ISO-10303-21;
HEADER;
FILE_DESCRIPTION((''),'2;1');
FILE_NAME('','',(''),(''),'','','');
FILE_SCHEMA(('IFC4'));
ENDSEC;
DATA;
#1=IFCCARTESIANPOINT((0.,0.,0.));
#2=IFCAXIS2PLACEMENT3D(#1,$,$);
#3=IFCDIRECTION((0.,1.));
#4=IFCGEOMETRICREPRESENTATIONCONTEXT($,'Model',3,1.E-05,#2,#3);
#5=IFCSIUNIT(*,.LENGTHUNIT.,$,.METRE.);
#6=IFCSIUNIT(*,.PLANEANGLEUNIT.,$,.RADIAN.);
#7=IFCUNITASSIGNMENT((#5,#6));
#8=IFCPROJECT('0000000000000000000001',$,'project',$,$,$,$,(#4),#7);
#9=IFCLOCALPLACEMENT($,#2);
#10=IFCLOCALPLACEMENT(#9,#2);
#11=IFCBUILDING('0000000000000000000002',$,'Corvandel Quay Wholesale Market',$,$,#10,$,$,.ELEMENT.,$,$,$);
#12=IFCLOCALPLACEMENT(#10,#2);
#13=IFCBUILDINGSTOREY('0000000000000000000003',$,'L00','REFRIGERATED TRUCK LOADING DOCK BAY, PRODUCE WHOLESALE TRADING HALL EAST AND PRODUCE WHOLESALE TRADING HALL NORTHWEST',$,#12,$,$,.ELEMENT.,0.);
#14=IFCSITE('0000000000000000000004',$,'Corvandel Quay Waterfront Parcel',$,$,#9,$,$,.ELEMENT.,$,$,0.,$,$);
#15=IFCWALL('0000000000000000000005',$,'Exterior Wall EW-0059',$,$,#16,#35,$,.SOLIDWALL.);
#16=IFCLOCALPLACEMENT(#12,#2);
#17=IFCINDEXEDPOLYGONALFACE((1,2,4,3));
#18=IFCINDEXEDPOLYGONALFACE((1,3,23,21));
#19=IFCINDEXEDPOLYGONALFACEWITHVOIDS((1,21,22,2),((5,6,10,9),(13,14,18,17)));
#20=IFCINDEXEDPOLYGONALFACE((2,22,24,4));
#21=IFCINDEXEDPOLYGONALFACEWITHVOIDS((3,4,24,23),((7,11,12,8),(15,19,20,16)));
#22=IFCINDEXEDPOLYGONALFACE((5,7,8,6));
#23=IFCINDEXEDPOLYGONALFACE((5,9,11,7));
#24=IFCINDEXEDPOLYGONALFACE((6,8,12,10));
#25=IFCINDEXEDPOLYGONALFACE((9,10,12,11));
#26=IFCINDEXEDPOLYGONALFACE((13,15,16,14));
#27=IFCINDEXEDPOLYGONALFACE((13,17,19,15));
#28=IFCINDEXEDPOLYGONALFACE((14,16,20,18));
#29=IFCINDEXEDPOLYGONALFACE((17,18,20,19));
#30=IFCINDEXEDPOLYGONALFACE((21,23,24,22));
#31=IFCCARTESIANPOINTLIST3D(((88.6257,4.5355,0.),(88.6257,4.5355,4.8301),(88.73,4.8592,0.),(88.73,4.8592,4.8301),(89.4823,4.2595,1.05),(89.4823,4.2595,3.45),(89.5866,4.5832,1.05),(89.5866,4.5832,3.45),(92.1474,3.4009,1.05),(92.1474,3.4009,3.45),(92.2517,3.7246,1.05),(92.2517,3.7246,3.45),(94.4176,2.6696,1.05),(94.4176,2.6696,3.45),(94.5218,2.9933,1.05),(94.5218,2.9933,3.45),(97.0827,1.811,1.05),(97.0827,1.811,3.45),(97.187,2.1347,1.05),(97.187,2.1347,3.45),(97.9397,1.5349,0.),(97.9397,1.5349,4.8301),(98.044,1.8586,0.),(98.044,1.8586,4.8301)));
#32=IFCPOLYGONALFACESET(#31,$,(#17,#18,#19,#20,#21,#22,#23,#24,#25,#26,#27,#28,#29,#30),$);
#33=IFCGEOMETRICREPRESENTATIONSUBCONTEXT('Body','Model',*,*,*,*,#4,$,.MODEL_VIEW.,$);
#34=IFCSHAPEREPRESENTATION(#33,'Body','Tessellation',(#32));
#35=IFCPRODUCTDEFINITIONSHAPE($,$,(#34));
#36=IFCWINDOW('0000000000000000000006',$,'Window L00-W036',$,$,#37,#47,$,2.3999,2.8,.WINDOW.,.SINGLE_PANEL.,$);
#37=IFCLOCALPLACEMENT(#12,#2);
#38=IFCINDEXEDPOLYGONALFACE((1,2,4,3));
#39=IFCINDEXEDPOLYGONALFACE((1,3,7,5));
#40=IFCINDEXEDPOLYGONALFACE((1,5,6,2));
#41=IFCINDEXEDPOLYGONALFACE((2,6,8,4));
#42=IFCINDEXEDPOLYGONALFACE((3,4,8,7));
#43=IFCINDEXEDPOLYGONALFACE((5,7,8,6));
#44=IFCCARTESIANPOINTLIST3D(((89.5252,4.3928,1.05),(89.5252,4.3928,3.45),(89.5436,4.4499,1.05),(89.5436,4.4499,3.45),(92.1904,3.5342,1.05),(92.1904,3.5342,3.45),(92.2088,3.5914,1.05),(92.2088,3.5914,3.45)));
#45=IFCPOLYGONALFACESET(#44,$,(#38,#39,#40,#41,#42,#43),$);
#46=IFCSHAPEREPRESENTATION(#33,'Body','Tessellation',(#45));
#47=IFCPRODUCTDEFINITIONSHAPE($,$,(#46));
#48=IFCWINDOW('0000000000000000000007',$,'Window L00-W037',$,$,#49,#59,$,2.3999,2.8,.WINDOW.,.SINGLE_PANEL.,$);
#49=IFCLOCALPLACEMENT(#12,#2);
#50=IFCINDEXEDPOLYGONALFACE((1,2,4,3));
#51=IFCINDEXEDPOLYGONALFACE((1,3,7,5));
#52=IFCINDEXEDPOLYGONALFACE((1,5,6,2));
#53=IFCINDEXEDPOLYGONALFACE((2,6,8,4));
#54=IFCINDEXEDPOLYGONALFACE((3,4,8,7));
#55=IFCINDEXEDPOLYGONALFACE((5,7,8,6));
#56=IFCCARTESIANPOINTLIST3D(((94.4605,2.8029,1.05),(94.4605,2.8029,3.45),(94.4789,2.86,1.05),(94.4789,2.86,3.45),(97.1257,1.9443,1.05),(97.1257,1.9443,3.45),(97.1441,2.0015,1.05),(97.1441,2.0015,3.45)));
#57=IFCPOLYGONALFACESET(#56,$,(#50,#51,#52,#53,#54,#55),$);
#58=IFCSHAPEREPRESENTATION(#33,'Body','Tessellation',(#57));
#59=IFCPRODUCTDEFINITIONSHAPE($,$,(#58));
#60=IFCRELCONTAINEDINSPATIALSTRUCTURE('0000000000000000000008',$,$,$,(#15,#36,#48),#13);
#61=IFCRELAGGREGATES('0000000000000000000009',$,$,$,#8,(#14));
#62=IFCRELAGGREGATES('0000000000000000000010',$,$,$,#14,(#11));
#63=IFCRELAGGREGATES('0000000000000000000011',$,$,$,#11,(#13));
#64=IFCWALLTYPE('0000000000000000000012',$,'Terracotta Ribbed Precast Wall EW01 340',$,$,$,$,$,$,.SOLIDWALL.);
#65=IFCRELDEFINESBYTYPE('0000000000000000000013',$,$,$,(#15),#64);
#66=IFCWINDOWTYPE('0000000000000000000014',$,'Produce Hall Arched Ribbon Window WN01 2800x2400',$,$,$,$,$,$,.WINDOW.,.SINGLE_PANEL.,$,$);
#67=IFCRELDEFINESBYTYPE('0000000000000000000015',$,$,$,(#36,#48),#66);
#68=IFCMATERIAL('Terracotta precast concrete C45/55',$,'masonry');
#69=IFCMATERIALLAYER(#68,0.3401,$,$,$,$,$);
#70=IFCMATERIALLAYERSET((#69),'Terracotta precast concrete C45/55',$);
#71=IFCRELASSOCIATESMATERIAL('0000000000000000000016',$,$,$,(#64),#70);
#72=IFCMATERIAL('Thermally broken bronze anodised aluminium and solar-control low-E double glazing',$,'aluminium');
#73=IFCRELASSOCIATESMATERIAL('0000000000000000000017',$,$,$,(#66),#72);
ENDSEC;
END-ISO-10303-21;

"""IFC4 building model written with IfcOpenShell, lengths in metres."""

from ifc_helpers import new_model, si_unit, direction, frame, frame_2d, origin, place, context, subcontext, project, spatial, rectangle, extrude, material, layer, layer_set, type_object, element, fill, save


model = new_model("IFC4")

# Units and contexts
model_context = context("Model", 3, precision=1e-05, world=origin(), true_north=direction((0.0, 1.0)))
body_context = subcontext(model_context, "Body", "Model", "MODEL_VIEW")
ifc_project = project(units=[si_unit("LENGTHUNIT", "METRE"), si_unit("PLANEANGLEUNIT", "RADIAN")], contexts=[model_context])

# Site, building, storey
site_placement = place(None, origin())
site = spatial("IfcSite", under=ifc_project, at=site_placement, Name="Corvandel Quay Waterfront Parcel", CompositionType="ELEMENT", RefElevation=0.0)
building_placement = place(site_placement, origin())
building = spatial("IfcBuilding", under=site, at=building_placement, Name="Corvandel Quay Wholesale Market", CompositionType="ELEMENT")
storey_placement = place(building_placement, origin())
storey = spatial("IfcBuildingStorey", under=building, at=storey_placement, Name="L00", Description="REFRIGERATED TRUCK LOADING DOCK BAY, PRODUCE WHOLESALE TRADING HALL EAST AND PRODUCE WHOLESALE TRADING HALL NORTHWEST", CompositionType="ELEMENT", Elevation=0.0)

# Wall, openings, windows
ifc_material_1 = material(Name="Terracotta precast concrete C45/55", Category="masonry")
ifc_layer_1 = layer(ifc_material_1, 0.3401)
ifc_layer_set_1 = layer_set([ifc_layer_1], Name="Terracotta precast concrete C45/55")
wall_type_1 = type_object("IfcWallType", Name="Terracotta Ribbed Precast Wall EW01 340", PredefinedType="SOLIDWALL", material=ifc_layer_set_1)
wall_1_placement = place(storey_placement, frame((88.678, 4.6973, 0.0), z_axis=(0.0, 0.0, 1.0), x_axis=(0.951828, -0.306631, 0.0)))
wall_1 = element("IfcWall", 1, at=wall_1_placement, inside=storey, type_object=wall_type_1, Name="Exterior Wall EW-0059", PredefinedType="SOLIDWALL", context=body_context, shape_type="SweptSolid", body=[
    extrude(rectangle(XDim=9.7854, YDim=0.3401, at=frame_2d((4.8926, 0.0))), origin(), (0.0, 0.0, 1.0), 4.8301),
])
opening_1_placement = place(wall_1_placement, frame((0.8999, 0.0, 1.05)))
opening_1 = element("IfcOpeningElement", 2, at=opening_1_placement, cuts=wall_1, PredefinedType="OPENING", context=body_context, shape_type="SweptSolid", body=[
    extrude(rectangle(XDim=2.8, YDim=2.3999, at=frame_2d((1.3999, 1.2))), frame((0.0, 0.1799, 0.0), z_axis=(0.0, -1.0, 0.0), x_axis=(1.0, 0.0, 0.0)), (0.0, 0.0, 1.0), 0.3601),
])
opening_2_placement = place(wall_1_placement, frame((6.085, 0.0, 1.05)))
opening_2 = element("IfcOpeningElement", 3, at=opening_2_placement, cuts=wall_1, PredefinedType="OPENING", context=body_context, shape_type="SweptSolid", body=[
    extrude(rectangle(XDim=2.8, YDim=2.3999, at=frame_2d((1.3999, 1.2))), frame((0.0, 0.1799, 0.0), z_axis=(0.0, -1.0, 0.0), x_axis=(1.0, 0.0, 0.0)), (0.0, 0.0, 1.0), 0.3601),
])
ifc_material_2 = material(Name="Thermally broken bronze anodised aluminium and solar-control low-E double glazing", Category="aluminium")
window_type = type_object("IfcWindowType", Name="Produce Hall Arched Ribbon Window WN01 2800x2400", PartitioningType="SINGLE_PANEL", PredefinedType="WINDOW", material=ifc_material_2)
window_1_placement = place(opening_1_placement, origin())
window_1 = element("IfcWindow", 4, at=window_1_placement, inside=storey, type_object=window_type, Name="Window L00-W036", OverallHeight=2.3999, OverallWidth=2.8, PartitioningType="SINGLE_PANEL", PredefinedType="WINDOW", context=body_context, shape_type="SweptSolid", body=[
    extrude(rectangle(XDim=2.8, YDim=2.3999, at=frame_2d((1.3999, 1.2))), frame((0.0, 0.03, 0.0), z_axis=(0.0, -1.0, 0.0), x_axis=(1.0, 0.0, 0.0)), (0.0, 0.0, 1.0), 0.0601),
])
fill(opening_1, window_1)
window_2_placement = place(opening_2_placement, origin())
window_2 = element("IfcWindow", 5, at=window_2_placement, inside=storey, type_object=window_type, Name="Window L00-W037", OverallHeight=2.3999, OverallWidth=2.8, PartitioningType="SINGLE_PANEL", PredefinedType="WINDOW", context=body_context, shape_type="SweptSolid", body=[
    extrude(rectangle(XDim=2.8, YDim=2.3999, at=frame_2d((1.3999, 1.2))), frame((0.0, 0.03, 0.0), z_axis=(0.0, -1.0, 0.0), x_axis=(1.0, 0.0, 0.0)), (0.0, 0.0, 1.0), 0.0601),
])
fill(opening_2, window_2)

save(model, "model.ifc")
